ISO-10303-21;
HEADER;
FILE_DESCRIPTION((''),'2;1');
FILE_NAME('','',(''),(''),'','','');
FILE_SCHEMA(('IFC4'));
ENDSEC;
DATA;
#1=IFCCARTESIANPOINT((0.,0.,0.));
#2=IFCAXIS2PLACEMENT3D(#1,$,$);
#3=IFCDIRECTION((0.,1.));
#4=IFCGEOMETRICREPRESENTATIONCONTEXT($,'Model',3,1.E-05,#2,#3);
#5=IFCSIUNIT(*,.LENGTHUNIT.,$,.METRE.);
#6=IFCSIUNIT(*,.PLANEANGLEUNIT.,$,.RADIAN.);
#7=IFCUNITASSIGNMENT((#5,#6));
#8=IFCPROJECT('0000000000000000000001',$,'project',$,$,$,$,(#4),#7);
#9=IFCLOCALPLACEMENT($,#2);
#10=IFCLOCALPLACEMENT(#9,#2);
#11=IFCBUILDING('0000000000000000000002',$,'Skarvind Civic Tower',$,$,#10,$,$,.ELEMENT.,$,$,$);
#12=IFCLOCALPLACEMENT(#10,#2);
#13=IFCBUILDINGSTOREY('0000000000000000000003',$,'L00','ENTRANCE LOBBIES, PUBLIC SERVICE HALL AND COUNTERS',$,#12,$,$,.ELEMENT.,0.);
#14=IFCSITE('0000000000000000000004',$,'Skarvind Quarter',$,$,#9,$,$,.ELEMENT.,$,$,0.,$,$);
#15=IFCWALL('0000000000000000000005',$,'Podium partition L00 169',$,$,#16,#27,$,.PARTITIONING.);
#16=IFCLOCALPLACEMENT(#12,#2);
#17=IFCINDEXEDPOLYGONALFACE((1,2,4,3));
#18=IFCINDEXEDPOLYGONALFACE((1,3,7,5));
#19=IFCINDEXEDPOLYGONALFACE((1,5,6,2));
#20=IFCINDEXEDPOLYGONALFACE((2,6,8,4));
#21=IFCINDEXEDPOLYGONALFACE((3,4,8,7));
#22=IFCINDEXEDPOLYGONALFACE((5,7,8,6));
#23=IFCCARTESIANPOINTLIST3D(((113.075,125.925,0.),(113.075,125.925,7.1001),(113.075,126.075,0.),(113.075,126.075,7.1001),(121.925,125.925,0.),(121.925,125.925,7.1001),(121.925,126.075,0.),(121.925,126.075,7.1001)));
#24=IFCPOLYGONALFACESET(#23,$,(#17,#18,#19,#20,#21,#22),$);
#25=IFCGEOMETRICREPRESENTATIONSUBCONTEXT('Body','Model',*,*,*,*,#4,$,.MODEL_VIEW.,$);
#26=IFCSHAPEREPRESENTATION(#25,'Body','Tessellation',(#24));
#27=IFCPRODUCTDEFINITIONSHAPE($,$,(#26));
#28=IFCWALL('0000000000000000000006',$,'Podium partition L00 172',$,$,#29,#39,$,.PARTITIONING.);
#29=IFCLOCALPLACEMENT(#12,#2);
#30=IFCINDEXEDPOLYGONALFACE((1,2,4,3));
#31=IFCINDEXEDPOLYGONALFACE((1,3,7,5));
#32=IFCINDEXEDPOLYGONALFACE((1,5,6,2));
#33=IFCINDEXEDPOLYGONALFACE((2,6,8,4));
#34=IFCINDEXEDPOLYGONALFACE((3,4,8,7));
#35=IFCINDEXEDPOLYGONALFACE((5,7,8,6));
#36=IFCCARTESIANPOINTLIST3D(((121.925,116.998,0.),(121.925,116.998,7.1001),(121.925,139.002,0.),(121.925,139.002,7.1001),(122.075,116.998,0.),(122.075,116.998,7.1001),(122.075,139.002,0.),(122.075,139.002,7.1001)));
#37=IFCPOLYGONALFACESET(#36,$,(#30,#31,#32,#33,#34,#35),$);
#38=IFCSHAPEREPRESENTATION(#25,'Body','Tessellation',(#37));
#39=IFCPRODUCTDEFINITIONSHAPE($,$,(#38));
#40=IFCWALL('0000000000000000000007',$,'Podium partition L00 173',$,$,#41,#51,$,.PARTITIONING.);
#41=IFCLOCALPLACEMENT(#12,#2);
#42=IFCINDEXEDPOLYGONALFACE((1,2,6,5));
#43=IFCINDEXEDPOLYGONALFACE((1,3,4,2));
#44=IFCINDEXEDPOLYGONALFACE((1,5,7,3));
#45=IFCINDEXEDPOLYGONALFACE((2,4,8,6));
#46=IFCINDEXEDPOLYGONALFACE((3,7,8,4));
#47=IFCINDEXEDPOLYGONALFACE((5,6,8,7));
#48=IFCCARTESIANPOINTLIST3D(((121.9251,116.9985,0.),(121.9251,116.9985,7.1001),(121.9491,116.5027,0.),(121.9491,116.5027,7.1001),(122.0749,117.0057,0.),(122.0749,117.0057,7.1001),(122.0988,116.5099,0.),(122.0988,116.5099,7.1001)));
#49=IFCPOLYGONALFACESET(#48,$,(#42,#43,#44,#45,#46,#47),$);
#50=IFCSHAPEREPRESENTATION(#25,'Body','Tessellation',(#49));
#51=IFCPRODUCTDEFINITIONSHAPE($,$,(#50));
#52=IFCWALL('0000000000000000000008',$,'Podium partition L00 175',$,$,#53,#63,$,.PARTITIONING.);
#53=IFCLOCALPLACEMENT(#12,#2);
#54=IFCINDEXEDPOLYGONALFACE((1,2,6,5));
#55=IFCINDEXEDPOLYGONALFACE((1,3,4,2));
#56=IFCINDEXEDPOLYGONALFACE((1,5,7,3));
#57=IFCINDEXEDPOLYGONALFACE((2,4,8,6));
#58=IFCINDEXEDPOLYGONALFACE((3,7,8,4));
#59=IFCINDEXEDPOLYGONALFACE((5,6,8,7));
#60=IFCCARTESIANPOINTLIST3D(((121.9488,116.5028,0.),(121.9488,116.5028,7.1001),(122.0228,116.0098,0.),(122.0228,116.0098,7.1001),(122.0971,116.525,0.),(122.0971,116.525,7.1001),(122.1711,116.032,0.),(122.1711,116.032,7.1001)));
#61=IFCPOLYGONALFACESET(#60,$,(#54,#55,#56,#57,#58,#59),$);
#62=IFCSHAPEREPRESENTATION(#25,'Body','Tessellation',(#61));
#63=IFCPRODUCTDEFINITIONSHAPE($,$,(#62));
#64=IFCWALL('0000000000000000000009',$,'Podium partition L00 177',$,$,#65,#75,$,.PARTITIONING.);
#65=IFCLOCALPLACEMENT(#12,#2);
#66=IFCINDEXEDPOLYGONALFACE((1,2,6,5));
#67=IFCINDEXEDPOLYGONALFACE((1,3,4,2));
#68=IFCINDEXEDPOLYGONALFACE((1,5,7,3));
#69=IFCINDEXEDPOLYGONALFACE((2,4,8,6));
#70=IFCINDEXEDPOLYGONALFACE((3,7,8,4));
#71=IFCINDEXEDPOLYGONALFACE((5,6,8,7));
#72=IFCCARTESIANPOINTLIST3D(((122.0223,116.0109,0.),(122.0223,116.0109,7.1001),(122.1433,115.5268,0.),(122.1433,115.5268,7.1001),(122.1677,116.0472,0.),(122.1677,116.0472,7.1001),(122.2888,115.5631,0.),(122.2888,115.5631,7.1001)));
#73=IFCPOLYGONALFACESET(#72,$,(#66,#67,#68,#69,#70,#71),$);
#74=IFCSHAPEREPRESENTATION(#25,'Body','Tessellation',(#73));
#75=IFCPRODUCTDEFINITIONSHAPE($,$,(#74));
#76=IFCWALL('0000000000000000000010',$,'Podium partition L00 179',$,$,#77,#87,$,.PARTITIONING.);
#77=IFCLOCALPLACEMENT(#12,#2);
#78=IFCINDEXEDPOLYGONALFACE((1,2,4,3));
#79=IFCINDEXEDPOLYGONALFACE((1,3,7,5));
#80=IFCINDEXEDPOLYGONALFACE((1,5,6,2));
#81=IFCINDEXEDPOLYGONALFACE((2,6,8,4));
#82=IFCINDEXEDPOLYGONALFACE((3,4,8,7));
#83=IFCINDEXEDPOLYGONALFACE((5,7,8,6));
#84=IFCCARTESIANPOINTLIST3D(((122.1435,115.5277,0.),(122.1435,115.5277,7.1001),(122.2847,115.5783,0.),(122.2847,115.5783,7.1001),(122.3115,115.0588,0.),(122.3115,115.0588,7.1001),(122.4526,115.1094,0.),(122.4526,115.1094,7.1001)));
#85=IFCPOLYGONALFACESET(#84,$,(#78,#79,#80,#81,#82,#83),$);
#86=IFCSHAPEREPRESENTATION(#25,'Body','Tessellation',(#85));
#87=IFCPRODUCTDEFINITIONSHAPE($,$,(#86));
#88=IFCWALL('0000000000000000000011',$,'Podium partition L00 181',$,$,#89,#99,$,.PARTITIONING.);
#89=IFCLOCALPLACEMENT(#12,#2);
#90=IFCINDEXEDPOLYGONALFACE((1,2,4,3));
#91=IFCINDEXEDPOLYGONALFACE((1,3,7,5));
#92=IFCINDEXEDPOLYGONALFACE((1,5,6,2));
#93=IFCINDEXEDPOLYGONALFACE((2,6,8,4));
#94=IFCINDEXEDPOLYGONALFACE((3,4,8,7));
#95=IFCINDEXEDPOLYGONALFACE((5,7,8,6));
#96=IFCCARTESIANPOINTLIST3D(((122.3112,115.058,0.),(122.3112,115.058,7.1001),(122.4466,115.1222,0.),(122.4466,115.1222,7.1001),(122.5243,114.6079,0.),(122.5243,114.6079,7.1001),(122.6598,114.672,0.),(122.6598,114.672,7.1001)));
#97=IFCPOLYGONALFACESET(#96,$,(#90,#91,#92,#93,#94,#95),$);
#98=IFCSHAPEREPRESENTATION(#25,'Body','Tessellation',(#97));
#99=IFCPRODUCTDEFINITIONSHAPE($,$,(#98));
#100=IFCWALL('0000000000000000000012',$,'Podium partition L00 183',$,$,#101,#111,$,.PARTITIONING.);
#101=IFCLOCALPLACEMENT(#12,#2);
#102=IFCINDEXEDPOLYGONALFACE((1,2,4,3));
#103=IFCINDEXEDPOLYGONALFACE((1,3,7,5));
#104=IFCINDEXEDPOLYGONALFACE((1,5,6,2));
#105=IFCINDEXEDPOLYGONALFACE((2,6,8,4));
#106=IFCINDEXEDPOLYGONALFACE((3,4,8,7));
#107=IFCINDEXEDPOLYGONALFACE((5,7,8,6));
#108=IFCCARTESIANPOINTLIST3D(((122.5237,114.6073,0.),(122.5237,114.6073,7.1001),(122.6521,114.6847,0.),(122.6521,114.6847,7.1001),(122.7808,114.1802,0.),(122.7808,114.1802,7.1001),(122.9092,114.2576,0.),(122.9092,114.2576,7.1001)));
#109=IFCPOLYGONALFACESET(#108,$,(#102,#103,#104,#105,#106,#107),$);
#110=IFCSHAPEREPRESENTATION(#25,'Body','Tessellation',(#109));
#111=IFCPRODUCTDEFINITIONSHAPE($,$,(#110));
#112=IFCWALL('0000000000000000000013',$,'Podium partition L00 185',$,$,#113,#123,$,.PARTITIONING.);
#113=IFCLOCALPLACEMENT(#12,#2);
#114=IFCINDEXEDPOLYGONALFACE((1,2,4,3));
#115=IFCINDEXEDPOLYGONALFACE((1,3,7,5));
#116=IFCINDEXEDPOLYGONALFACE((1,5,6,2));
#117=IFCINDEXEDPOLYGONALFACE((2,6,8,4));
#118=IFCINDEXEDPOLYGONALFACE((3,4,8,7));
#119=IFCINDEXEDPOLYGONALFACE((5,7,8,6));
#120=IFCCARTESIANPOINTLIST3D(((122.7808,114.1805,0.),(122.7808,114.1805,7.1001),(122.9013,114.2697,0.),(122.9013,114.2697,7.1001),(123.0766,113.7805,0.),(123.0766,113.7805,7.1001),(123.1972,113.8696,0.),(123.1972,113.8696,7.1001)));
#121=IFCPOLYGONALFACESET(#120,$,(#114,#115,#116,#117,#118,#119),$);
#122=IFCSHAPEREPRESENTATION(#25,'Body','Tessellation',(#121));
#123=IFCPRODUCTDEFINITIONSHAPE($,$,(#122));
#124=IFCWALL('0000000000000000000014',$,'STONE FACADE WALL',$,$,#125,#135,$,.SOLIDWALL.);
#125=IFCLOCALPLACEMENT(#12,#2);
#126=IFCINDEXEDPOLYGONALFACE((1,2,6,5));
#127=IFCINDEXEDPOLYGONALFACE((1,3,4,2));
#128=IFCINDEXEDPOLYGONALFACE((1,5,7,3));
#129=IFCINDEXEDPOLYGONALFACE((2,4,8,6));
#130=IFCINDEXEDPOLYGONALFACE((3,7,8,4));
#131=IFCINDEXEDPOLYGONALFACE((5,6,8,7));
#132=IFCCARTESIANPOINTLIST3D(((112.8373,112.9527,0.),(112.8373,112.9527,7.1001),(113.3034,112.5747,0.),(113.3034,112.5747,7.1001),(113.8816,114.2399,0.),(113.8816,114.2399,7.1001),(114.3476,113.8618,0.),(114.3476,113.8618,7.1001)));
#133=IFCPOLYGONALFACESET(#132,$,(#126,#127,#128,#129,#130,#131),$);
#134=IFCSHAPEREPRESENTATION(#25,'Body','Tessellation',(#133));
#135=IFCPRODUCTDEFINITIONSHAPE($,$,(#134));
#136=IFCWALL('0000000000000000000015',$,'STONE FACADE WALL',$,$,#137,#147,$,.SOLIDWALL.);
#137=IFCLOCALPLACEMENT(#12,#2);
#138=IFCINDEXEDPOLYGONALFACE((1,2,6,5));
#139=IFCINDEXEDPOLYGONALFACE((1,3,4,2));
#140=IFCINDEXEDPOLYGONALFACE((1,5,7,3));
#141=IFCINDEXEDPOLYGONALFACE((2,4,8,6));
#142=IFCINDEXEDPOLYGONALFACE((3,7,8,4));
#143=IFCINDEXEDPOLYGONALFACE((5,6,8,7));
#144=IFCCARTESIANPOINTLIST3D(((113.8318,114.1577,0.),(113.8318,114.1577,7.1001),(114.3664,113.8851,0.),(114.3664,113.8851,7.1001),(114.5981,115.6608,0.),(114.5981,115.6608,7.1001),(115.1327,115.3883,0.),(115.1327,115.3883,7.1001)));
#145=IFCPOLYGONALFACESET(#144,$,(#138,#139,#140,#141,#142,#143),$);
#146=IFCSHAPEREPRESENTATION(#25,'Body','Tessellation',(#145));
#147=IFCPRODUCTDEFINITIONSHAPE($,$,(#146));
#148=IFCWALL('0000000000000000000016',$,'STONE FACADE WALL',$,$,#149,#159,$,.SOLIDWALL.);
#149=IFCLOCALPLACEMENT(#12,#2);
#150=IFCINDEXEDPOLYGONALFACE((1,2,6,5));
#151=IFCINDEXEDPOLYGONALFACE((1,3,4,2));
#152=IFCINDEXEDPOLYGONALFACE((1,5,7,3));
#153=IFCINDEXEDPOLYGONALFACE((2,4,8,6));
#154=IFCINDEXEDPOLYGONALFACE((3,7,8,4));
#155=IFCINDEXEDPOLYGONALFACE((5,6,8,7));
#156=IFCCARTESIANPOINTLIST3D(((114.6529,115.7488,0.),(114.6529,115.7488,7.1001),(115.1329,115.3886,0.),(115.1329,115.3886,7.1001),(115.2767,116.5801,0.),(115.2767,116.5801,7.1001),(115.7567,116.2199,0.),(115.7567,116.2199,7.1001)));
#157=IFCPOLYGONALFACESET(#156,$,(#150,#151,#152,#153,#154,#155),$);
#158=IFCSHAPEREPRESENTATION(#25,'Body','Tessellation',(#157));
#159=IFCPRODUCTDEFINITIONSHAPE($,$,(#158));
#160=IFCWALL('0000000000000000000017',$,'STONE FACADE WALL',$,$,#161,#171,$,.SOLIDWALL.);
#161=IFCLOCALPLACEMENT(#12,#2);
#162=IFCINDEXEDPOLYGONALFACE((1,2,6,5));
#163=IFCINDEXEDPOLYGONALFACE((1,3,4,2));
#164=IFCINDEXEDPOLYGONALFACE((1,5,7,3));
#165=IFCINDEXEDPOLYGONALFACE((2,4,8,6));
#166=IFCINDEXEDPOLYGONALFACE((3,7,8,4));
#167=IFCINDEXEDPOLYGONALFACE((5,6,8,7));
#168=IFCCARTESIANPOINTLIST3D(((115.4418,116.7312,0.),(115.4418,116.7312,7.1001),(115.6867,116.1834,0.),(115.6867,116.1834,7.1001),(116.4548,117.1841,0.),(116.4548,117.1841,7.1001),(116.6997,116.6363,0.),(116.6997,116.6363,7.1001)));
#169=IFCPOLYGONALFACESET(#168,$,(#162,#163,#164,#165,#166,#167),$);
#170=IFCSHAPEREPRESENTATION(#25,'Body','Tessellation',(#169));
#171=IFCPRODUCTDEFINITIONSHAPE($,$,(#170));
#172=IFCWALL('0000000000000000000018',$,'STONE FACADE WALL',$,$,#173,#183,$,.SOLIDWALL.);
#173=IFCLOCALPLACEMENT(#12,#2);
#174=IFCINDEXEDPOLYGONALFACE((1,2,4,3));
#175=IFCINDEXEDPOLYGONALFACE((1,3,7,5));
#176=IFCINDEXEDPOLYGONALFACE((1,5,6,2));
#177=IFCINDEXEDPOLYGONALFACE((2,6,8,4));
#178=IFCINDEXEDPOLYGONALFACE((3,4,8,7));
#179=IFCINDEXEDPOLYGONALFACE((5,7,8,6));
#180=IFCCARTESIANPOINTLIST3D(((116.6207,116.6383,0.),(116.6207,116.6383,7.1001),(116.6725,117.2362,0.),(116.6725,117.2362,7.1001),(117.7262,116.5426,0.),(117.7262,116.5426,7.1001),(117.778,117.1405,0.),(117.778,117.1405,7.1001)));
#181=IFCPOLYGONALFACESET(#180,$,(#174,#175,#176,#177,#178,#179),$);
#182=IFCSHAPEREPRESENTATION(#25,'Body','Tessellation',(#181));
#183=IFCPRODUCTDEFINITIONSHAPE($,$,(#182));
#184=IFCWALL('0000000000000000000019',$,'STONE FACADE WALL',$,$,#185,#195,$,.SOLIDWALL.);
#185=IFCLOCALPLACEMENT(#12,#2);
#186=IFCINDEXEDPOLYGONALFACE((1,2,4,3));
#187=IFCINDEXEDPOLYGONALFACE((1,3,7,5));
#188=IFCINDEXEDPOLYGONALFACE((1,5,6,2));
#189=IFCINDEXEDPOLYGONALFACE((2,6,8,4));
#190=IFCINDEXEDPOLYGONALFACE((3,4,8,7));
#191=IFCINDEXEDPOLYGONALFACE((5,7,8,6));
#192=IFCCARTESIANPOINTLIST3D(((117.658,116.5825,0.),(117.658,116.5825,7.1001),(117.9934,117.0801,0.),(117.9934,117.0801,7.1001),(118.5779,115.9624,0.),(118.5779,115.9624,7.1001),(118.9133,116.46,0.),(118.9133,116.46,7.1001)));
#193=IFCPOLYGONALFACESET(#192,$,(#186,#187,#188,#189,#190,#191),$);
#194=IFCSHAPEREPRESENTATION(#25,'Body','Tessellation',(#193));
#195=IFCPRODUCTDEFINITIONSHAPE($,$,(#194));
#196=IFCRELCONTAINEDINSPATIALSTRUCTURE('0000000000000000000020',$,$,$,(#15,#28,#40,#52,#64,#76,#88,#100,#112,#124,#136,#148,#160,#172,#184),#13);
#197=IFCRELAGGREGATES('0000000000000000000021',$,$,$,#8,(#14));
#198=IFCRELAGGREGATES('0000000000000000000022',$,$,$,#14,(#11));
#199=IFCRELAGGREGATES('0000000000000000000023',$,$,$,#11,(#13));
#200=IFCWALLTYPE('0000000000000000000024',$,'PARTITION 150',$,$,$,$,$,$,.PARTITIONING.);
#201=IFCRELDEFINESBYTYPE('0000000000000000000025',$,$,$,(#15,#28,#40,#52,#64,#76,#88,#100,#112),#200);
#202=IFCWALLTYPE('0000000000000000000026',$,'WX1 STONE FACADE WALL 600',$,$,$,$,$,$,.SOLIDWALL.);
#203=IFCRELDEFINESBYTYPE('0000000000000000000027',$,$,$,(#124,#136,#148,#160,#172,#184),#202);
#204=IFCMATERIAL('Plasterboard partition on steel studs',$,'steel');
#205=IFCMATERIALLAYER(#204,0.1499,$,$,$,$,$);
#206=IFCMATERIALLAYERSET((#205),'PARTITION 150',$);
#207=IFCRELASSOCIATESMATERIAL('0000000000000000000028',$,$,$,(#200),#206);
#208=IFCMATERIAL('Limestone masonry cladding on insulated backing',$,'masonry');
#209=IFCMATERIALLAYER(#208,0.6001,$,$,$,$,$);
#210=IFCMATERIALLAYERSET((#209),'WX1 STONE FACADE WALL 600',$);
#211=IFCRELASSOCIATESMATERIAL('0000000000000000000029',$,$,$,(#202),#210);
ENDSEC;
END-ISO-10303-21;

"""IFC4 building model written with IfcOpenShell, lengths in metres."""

from ifc_helpers import new_model, si_unit, direction, frame, frame_2d, origin, place, context, subcontext, project, spatial, rectangle, extrude, material, layer, layer_set, type_object, element, save


model = new_model("IFC4")

# Units and contexts
model_context = context("Model", 3, precision=1e-05, world=origin(), true_north=direction((0.0, 1.0)))
body_context = subcontext(model_context, "Body", "Model", "MODEL_VIEW")
ifc_project = project(units=[si_unit("LENGTHUNIT", "METRE"), si_unit("PLANEANGLEUNIT", "RADIAN")], contexts=[model_context])

# Site, building, storey
site_placement = place(None, origin())
site = spatial("IfcSite", under=ifc_project, at=site_placement, Name="Skarvind Quarter", CompositionType="ELEMENT", RefElevation=0.0)
building_placement = place(site_placement, origin())
building = spatial("IfcBuilding", under=site, at=building_placement, Name="Skarvind Civic Tower", CompositionType="ELEMENT")
storey_placement = place(building_placement, origin())
storey = spatial("IfcBuildingStorey", under=building, at=storey_placement, Name="L00", Description="ENTRANCE LOBBIES, PUBLIC SERVICE HALL AND COUNTERS", CompositionType="ELEMENT", Elevation=0.0)

# Walls
ifc_material_1 = material(Name="Plasterboard partition on steel studs", Category="steel")
ifc_layer_1 = layer(ifc_material_1, 0.1499)
ifc_layer_set_1 = layer_set([ifc_layer_1], Name="PARTITION 150")
wall_type_1 = type_object("IfcWallType", Name="PARTITION 150", PredefinedType="PARTITIONING", material=ifc_layer_set_1)
wall_1_placement = place(storey_placement, frame((113.075, 126.0, 0.0), z_axis=(0.0, 0.0, 1.0), x_axis=(1.0, 0.0, 0.0)))
element("IfcWall", 1, at=wall_1_placement, inside=storey, type_object=wall_type_1, Name="Podium partition L00 169", PredefinedType="PARTITIONING", context=body_context, shape_type="SweptSolid", body=[
    extrude(rectangle(XDim=8.8501, YDim=0.1499, at=frame_2d((4.425, 0.0))), origin(), (0.0, 0.0, 1.0), 7.1001),
])
wall_2_placement = place(storey_placement, frame((122.0, 116.998, 0.0), z_axis=(0.0, 0.0, 1.0), x_axis=(0.0, 1.0, 0.0)))
element("IfcWall", 2, at=wall_2_placement, inside=storey, type_object=wall_type_1, Name="Podium partition L00 172", PredefinedType="PARTITIONING", context=body_context, shape_type="SweptSolid", body=[
    extrude(rectangle(XDim=22.0039, YDim=0.1499, at=frame_2d((11.002, 0.0))), origin(), (0.0, 0.0, 1.0), 7.1001),
])
wall_3_placement = place(storey_placement, frame((122.0, 117.002, 0.0), z_axis=(0.0, 0.0, 1.0), x_axis=(0.048196, -0.998838, 0.0)))
element("IfcWall", 3, at=wall_3_placement, inside=storey, type_object=wall_type_1, Name="Podium partition L00 173", PredefinedType="PARTITIONING", context=body_context, shape_type="SweptSolid", body=[
    extrude(rectangle(XDim=0.4963, YDim=0.1499, at=frame_2d((0.248, 0.0))), origin(), (0.0, 0.0, 1.0), 7.1001),
])
wall_4_placement = place(storey_placement, frame((122.0229, 116.5139, 0.0), z_axis=(0.0, 0.0, 1.0), x_axis=(0.148412, -0.988926, 0.0)))
element("IfcWall", 4, at=wall_4_placement, inside=storey, type_object=wall_type_1, Name="Podium partition L00 175", PredefinedType="PARTITIONING", context=body_context, shape_type="SweptSolid", body=[
    extrude(rectangle(XDim=0.4985, YDim=0.1499, at=frame_2d((0.2493, 0.0))), origin(), (0.0, 0.0, 1.0), 7.1001),
])
wall_5_placement = place(storey_placement, frame((122.095, 116.0291, 0.0), z_axis=(0.0, 0.0, 1.0), x_axis=(0.242651, -0.970114, 0.0)))
element("IfcWall", 5, at=wall_5_placement, inside=storey, type_object=wall_type_1, Name="Podium partition L00 177", PredefinedType="PARTITIONING", context=body_context, shape_type="SweptSolid", body=[
    extrude(rectangle(XDim=0.499, YDim=0.1499, at=frame_2d((0.2495, 0.0))), origin(), (0.0, 0.0, 1.0), 7.1001),
])
for number, where, z_axis, x_axis, name in (
    (6, (122.2141, 115.553, 0.0), (0.0, 0.0, 1.0), (0.337174, -0.941442, 0.0), "Podium partition L00 179"),
    (7, (122.3789, 115.0901, 0.0), (0.0, 0.0, 1.0), (0.427897, -0.903828, 0.0), "Podium partition L00 181"),
):
    element("IfcWall", number, at=place(storey_placement, frame(where, z_axis=z_axis, x_axis=x_axis)), inside=storey, type_object=wall_type_1, Name=name, PredefinedType="PARTITIONING", context=body_context, shape_type="SweptSolid", body=[
        extrude(rectangle(XDim=0.498, YDim=0.1499, at=frame_2d((0.249, 0.0))), origin(), (0.0, 0.0, 1.0), 7.1001),
    ])
wall_6_placement = place(storey_placement, frame((122.5879, 114.646, 0.0), z_axis=(0.0, 0.0, 1.0), x_axis=(0.515792, -0.856714, 0.0)))
element("IfcWall", 8, at=wall_6_placement, inside=storey, type_object=wall_type_1, Name="Podium partition L00 183", PredefinedType="PARTITIONING", context=body_context, shape_type="SweptSolid", body=[
    extrude(rectangle(XDim=0.4985, YDim=0.1499, at=frame_2d((0.2493, 0.0))), origin(), (0.0, 0.0, 1.0), 7.1001),
])
wall_7_placement = place(storey_placement, frame((122.8411, 114.2251, 0.0), z_axis=(0.0, 0.0, 1.0), x_axis=(0.59457, -0.804044, 0.0)))
element("IfcWall", 9, at=wall_7_placement, inside=storey, type_object=wall_type_1, Name="Podium partition L00 185", PredefinedType="PARTITIONING", context=body_context, shape_type="SweptSolid", body=[
    extrude(rectangle(XDim=0.4976, YDim=0.1499, at=frame_2d((0.2488, 0.0))), origin(), (0.0, 0.0, 1.0), 7.1001),
])
ifc_material_2 = material(Name="Limestone masonry cladding on insulated backing", Category="masonry")
ifc_layer_2 = layer(ifc_material_2, 0.6001)
ifc_layer_set_2 = layer_set([ifc_layer_2], Name="WX1 STONE FACADE WALL 600")
wall_type_2 = type_object("IfcWallType", Name="WX1 STONE FACADE WALL 600", PredefinedType="SOLIDWALL", material=ifc_layer_set_2)
wall_8_placement = place(storey_placement, frame((114.1145, 114.0508, 0.0), z_axis=(0.0, 0.0, 1.0), x_axis=(-0.630016, -0.776582, 0.0)))
element("IfcWall", 10, at=wall_8_placement, inside=storey, type_object=wall_type_2, Name="STONE FACADE WALL", PredefinedType="SOLIDWALL", context=body_context, shape_type="SweptSolid", body=[
    extrude(rectangle(XDim=1.6575, YDim=0.6001, at=frame_2d((0.8286, 0.0))), origin(), (0.0, 0.0, 1.0), 7.1001),
])
wall_9_placement = place(storey_placement, frame((114.8655, 115.5247, 0.0), z_axis=(0.0, 0.0, 1.0), x_axis=(-0.454203, -0.890898, 0.0)))
element("IfcWall", 11, at=wall_9_placement, inside=storey, type_object=wall_type_2, Name="STONE FACADE WALL", PredefinedType="SOLIDWALL", context=body_context, shape_type="SweptSolid", body=[
    extrude(rectangle(XDim=1.6873, YDim=0.6001, at=frame_2d((0.8438, 0.0))), origin(), (0.0, 0.0, 1.0), 7.1001),
])
wall_10_placement = place(storey_placement, frame((115.5166, 116.3999, 0.0), z_axis=(0.0, 0.0, 1.0), x_axis=(-0.600188, -0.799859, 0.0)))
element("IfcWall", 12, at=wall_10_placement, inside=storey, type_object=wall_type_2, Name="STONE FACADE WALL", PredefinedType="SOLIDWALL", context=body_context, shape_type="SweptSolid", body=[
    extrude(rectangle(XDim=1.0393, YDim=0.6001, at=frame_2d((0.5195, 0.0))), origin(), (0.0, 0.0, 1.0), 7.1001),
])
for number, where, z_axis, x_axis, name in (
    (13, (116.5771, 116.9102, 0.0), (0.0, 0.0, 1.0), (-0.912911, -0.408159, 0.0), "STONE FACADE WALL"),
    (14, (117.752, 116.8416, 0.0), (0.0, 0.0, 1.0), (-0.996274, 0.08625, 0.0), "STONE FACADE WALL"),
):
    element("IfcWall", number, at=place(storey_placement, frame(where, z_axis=z_axis, x_axis=x_axis)), inside=storey, type_object=wall_type_2, Name=name, PredefinedType="SOLIDWALL", context=body_context, shape_type="SweptSolid", body=[
        extrude(rectangle(XDim=1.1096, YDim=0.6001, at=frame_2d((0.5547, 0.0))), origin(), (0.0, 0.0, 1.0), 7.1001),
    ])
for number, where, z_axis, x_axis, name in (
    (15, (118.7456, 116.2112, 0.0), (0.0, 0.0, 1.0), (-0.829195, 0.558959, 0.0), "STONE FACADE WALL"),
):
    element("IfcWall", number, at=place(storey_placement, frame(where, z_axis=z_axis, x_axis=x_axis)), inside=storey, type_object=wall_type_2, Name=name, PredefinedType="SOLIDWALL", context=body_context, shape_type="SweptSolid", body=[
        extrude(rectangle(XDim=1.1094, YDim=0.6001, at=frame_2d((0.5547, 0.0))), origin(), (0.0, 0.0, 1.0), 7.1001),
    ])

save(model, "model.ifc")
